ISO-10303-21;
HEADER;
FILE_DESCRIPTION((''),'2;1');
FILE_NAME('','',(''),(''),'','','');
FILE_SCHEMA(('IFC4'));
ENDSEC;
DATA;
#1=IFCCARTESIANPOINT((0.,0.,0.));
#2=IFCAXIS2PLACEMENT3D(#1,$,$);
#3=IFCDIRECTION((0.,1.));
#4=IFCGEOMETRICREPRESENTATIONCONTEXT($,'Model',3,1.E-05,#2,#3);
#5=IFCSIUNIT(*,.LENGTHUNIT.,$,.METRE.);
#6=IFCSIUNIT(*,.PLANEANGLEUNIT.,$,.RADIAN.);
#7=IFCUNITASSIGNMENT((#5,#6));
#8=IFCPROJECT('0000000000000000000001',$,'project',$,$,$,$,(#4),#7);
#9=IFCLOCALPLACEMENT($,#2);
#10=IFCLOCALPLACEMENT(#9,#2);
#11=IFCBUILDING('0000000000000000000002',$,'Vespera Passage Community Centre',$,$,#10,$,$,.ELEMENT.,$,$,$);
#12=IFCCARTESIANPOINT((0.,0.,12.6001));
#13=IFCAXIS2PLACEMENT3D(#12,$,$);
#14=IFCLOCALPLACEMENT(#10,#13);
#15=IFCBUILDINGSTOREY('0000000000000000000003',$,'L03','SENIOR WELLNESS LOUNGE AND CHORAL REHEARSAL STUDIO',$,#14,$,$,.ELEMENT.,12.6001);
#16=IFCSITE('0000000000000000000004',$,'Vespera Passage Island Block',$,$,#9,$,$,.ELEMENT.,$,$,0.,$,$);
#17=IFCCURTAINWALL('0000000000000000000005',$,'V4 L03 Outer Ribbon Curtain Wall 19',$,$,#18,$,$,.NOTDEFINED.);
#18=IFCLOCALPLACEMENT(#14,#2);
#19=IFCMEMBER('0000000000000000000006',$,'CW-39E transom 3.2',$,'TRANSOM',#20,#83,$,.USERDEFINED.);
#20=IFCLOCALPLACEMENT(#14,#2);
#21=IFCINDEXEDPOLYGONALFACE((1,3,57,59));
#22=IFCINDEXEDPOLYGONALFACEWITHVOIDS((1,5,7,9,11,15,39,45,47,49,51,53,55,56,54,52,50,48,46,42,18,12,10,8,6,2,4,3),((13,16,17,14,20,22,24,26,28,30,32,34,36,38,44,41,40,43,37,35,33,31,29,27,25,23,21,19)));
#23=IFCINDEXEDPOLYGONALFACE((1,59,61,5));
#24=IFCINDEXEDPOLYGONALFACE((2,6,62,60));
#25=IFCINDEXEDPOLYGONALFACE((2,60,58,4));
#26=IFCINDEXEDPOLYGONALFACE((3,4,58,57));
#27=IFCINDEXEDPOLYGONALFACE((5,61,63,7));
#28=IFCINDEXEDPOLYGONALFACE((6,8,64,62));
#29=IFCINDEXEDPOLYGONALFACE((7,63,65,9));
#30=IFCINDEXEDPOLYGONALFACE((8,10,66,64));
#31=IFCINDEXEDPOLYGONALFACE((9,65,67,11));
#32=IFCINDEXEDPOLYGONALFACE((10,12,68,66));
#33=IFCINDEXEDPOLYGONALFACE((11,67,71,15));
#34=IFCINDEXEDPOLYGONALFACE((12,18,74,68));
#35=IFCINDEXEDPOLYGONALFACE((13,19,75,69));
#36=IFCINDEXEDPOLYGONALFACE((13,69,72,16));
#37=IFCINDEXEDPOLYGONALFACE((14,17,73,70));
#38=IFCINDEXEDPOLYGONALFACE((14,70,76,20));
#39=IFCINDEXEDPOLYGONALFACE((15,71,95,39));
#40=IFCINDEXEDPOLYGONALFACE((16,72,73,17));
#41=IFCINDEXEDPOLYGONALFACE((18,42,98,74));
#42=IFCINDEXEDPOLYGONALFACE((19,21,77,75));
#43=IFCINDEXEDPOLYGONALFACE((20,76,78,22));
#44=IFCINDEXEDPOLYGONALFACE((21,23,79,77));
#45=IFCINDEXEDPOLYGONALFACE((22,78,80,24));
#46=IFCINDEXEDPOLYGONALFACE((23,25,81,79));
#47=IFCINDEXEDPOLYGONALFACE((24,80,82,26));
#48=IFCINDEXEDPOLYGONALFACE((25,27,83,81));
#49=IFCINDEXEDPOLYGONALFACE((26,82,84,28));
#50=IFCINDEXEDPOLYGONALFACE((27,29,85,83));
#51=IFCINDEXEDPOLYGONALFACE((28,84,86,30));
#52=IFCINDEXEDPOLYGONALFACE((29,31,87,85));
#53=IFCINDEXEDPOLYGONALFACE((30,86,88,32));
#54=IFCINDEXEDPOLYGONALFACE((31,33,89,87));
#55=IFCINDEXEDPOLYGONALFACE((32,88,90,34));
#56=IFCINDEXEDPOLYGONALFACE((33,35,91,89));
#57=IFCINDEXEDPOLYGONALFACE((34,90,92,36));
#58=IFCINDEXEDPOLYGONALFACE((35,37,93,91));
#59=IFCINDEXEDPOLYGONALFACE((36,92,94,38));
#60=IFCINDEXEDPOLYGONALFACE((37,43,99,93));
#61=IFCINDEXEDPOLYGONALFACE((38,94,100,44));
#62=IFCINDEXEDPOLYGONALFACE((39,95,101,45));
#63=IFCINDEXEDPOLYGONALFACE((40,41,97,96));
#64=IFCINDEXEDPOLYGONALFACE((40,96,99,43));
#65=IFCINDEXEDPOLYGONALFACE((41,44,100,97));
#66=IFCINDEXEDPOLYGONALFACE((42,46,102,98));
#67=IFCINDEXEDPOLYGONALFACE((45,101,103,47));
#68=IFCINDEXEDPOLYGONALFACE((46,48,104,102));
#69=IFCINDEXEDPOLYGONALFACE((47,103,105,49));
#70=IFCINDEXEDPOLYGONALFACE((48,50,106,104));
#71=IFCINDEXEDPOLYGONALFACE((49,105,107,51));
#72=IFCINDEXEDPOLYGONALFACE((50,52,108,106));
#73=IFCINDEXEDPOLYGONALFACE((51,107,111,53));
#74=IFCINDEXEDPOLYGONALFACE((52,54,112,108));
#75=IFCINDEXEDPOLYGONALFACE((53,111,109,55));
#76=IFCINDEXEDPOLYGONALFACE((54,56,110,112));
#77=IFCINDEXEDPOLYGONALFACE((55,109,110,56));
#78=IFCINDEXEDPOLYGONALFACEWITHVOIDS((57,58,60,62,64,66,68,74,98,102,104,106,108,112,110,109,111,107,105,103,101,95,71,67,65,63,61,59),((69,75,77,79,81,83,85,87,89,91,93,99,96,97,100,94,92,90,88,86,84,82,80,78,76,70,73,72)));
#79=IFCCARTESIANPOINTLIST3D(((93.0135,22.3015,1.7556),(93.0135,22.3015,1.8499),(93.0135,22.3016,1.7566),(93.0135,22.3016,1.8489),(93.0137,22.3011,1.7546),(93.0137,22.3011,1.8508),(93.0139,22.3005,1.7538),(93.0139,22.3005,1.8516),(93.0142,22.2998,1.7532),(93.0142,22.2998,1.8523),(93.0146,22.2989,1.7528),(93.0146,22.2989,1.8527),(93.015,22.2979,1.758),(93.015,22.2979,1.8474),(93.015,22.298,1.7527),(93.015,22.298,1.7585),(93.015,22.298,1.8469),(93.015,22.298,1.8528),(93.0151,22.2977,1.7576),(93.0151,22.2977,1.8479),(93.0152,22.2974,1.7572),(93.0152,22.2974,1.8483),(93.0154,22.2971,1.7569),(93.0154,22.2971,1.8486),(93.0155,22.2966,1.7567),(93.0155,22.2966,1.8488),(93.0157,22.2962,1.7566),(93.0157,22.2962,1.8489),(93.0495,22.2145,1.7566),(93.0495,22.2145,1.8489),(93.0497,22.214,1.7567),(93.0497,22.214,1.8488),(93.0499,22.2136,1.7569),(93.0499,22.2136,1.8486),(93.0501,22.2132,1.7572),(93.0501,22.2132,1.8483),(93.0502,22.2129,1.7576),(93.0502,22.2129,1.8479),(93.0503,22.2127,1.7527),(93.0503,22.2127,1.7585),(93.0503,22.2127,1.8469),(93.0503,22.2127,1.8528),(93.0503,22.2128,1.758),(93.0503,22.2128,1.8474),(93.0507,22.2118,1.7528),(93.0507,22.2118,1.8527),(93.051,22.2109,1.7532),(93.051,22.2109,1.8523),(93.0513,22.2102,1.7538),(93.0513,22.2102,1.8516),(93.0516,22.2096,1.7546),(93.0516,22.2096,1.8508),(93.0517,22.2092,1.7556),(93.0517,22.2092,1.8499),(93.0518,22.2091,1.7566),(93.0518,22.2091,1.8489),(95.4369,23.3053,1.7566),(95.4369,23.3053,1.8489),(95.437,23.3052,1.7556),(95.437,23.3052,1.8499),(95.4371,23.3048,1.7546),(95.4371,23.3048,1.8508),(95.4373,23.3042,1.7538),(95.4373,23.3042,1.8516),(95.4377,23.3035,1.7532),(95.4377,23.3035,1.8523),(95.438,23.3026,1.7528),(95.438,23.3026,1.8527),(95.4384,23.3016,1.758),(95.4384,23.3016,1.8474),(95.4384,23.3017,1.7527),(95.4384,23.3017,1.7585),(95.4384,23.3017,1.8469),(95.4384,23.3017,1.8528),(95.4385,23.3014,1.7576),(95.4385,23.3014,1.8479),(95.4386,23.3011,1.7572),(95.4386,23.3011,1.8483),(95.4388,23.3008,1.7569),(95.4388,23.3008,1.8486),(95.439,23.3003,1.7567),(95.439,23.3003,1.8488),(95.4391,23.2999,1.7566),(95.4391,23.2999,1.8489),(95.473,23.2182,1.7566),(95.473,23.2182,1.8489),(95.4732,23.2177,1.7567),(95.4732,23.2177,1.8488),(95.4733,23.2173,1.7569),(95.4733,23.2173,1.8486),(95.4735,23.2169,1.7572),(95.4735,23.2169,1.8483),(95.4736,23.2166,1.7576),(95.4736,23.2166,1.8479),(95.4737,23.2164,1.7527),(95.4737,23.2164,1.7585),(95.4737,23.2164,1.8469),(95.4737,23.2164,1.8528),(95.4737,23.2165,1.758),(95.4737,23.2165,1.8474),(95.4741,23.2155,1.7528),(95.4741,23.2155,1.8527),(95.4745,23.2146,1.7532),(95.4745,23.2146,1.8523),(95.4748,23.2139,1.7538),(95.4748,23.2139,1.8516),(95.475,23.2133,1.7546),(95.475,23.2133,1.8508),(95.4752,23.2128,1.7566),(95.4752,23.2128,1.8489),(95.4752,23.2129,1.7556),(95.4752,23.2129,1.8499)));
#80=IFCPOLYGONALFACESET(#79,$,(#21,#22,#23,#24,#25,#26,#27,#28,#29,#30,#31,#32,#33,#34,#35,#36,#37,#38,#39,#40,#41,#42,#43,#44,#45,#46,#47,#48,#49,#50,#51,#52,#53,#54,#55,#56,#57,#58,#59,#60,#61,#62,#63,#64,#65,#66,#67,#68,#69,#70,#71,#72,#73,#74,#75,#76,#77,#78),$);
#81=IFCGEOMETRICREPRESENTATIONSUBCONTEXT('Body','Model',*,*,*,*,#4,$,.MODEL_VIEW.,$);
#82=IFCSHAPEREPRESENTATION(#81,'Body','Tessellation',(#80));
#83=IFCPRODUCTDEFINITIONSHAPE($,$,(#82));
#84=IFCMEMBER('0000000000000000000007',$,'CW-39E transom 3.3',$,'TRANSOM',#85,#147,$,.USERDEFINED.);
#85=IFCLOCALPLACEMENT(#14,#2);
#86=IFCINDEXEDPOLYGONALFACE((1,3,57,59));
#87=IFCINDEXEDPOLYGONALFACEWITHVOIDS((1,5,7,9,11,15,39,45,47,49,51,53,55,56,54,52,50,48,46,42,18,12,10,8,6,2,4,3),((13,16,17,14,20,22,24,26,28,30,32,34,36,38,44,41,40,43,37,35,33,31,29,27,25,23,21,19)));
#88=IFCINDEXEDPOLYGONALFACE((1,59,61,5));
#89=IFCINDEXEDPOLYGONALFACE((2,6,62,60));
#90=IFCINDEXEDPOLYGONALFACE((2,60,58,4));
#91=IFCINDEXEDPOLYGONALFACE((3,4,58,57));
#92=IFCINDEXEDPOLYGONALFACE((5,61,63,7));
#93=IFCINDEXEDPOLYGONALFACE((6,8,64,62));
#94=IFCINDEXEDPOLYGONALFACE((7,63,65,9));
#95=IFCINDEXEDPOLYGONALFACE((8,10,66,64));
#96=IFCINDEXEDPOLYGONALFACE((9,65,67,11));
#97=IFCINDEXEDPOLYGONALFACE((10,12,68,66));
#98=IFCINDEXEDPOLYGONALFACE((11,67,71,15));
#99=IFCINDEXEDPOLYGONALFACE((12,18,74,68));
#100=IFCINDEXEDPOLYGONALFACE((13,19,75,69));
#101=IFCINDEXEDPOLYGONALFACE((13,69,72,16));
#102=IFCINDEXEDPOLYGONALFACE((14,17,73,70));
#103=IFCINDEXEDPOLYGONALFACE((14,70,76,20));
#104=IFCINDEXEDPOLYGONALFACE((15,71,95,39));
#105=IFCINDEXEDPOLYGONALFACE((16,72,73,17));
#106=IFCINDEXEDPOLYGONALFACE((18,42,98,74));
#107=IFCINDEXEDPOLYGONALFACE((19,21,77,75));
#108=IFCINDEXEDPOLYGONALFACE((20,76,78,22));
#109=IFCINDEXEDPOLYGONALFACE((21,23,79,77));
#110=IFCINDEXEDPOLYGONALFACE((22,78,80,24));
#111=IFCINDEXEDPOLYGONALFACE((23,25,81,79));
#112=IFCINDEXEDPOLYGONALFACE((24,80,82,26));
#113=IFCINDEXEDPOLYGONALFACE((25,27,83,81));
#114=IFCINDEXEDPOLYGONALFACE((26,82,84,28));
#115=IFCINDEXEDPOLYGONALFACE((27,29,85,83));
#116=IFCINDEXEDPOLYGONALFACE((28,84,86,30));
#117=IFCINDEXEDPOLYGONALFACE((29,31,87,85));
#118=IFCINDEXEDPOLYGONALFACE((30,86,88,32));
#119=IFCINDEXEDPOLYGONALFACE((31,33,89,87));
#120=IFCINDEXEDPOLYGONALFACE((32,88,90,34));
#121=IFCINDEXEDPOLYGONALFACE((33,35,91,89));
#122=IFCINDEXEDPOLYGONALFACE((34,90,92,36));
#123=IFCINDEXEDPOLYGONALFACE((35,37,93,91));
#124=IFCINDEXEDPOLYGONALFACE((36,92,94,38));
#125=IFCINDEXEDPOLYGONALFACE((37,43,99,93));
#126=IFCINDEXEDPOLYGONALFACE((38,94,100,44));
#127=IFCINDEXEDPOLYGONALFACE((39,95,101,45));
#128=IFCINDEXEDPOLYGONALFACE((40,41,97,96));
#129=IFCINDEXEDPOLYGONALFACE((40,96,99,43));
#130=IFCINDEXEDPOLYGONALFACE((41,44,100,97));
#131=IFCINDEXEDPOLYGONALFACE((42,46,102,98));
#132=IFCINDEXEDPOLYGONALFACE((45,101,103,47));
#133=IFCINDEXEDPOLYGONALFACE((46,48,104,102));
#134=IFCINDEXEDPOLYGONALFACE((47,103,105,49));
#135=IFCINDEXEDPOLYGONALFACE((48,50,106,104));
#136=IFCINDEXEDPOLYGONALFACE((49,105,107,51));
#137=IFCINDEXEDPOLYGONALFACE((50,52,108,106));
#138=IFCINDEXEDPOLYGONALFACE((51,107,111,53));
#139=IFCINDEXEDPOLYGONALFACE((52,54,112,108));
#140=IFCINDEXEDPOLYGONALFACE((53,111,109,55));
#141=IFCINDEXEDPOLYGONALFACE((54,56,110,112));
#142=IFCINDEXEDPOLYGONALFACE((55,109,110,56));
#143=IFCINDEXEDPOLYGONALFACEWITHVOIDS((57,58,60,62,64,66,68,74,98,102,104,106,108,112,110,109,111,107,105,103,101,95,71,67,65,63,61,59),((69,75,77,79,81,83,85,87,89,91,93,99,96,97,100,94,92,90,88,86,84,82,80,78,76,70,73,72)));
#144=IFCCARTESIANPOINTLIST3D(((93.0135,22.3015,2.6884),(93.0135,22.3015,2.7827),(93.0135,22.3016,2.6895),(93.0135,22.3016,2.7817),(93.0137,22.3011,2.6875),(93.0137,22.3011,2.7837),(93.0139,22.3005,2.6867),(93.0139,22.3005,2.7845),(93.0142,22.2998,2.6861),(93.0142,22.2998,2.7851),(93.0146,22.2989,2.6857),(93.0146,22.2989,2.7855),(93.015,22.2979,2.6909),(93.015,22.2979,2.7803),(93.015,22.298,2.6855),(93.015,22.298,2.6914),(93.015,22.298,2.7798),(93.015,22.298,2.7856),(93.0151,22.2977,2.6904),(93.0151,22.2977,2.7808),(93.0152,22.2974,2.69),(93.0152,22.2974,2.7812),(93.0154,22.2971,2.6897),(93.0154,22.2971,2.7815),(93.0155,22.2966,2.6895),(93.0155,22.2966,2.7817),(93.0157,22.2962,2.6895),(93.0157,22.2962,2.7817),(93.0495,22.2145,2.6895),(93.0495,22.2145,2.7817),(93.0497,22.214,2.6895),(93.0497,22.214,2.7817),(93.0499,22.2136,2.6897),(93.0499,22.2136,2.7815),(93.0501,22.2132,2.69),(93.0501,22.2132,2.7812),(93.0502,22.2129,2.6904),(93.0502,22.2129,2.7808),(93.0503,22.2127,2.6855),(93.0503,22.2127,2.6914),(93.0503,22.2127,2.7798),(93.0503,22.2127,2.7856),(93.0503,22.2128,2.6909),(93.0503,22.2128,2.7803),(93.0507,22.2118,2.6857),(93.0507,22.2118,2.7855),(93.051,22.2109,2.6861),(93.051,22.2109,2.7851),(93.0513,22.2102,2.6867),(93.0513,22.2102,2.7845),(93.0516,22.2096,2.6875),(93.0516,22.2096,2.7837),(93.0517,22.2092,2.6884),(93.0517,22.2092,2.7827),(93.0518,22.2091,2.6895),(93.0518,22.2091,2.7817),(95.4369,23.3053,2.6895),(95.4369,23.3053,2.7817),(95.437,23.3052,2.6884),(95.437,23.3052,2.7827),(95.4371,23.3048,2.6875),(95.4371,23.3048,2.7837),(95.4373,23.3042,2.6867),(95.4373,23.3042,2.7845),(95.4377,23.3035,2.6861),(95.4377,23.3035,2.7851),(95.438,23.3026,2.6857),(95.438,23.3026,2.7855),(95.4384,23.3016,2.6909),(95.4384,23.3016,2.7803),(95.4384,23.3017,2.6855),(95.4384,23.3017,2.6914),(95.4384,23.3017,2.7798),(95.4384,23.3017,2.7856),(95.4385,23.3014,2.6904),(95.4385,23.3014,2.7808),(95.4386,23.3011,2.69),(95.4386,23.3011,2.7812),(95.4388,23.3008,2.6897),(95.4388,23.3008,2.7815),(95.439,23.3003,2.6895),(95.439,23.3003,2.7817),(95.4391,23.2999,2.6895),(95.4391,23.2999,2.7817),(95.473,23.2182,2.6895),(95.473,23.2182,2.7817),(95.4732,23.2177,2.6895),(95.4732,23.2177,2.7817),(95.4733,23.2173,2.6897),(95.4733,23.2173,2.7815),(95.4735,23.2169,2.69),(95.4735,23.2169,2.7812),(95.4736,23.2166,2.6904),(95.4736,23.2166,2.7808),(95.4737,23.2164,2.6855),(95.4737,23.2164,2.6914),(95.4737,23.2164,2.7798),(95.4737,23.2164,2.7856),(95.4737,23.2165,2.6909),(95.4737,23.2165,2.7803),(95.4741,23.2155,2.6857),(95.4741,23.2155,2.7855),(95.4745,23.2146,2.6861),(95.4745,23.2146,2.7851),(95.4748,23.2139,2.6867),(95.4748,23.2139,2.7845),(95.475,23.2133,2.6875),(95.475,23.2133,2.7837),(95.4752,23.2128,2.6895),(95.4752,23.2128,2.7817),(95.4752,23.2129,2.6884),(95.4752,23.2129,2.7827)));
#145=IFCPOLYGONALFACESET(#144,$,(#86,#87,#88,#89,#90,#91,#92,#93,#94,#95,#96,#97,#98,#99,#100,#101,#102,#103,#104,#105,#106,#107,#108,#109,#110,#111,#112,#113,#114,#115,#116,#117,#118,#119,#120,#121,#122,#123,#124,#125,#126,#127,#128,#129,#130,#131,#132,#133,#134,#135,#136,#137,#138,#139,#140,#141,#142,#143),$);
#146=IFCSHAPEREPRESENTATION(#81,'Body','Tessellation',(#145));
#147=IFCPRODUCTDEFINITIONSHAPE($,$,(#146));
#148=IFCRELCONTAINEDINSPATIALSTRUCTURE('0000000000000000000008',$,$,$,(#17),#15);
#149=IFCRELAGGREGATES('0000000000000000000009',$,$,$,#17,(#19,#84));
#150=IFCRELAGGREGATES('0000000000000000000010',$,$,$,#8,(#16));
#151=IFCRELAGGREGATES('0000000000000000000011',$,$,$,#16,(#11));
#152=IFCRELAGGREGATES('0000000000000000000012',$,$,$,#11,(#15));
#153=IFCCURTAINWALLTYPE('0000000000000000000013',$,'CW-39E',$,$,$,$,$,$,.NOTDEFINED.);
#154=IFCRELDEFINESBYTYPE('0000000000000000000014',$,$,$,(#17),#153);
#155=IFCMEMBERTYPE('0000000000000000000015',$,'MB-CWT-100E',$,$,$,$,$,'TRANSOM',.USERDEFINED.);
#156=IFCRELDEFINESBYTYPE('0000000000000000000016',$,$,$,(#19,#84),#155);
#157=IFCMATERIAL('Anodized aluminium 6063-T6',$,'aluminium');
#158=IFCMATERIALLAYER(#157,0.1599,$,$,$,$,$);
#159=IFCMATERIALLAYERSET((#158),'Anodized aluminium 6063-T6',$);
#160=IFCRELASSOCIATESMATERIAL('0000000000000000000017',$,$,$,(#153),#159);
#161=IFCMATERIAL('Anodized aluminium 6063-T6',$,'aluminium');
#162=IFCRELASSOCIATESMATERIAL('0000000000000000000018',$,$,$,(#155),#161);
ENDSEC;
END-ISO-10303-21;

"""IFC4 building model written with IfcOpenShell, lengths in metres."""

from ifc_helpers import new_model, si_unit, direction, frame, origin, origin_2d, place, context, subcontext, project, spatial, hollow_rectangle, extrude, material, layer, layer_set, material_profile, profile_set, type_object, element, aggregate, save


model = new_model("IFC4")

# Units and contexts
model_context = context("Model", 3, precision=1e-05, world=origin(), true_north=direction((0.0, 1.0)))
body_context = subcontext(model_context, "Body", "Model", "MODEL_VIEW")
ifc_project = project(units=[si_unit("LENGTHUNIT", "METRE"), si_unit("PLANEANGLEUNIT", "RADIAN")], contexts=[model_context])

# Site, building, storey
site_placement = place(None, origin())
site = spatial("IfcSite", under=ifc_project, at=site_placement, Name="Vespera Passage Island Block", CompositionType="ELEMENT", RefElevation=0.0)
building_placement = place(site_placement, origin())
building = spatial("IfcBuilding", under=site, at=building_placement, Name="Vespera Passage Community Centre", CompositionType="ELEMENT")
storey_placement = place(building_placement, frame((0.0, 0.0, 12.6001)))
storey = spatial("IfcBuildingStorey", under=building, at=storey_placement, Name="L03", Description="SENIOR WELLNESS LOUNGE AND CHORAL REHEARSAL STUDIO", CompositionType="ELEMENT", Elevation=12.6001)

# Curtain wall, members
ifc_material_1 = material(Name="Anodized aluminium 6063-T6", Category="aluminium")
ifc_layer_1 = layer(ifc_material_1, 0.1599)
ifc_layer_set_1 = layer_set([ifc_layer_1], Name="Anodized aluminium 6063-T6")
curtain_wall_type_1 = type_object("IfcCurtainWallType", Name="CW-39E", PredefinedType="NOTDEFINED", material=ifc_layer_set_1)
curtain_wall_1_placement = place(storey_placement, origin())
curtain_wall_1 = element("IfcCurtainWall", 1, at=curtain_wall_1_placement, inside=storey, type_object=curtain_wall_type_1, Name="V4 L03 Outer Ribbon Curtain Wall 19", PredefinedType="NOTDEFINED")
ifc_material_2 = material(Name="Anodized aluminium 6063-T6", Category="aluminium")
ifc_material_profile_1 = material_profile(ifc_material_2, hollow_rectangle(XDim=0.1001, YDim=0.1001, WallThickness=0.0039, InnerFilletRadius=0.002, OuterFilletRadius=0.0039, at=origin_2d()), Name="ALU100X100X4")
ifc_profile_set_1 = profile_set([ifc_material_profile_1], Name="Anodized aluminium 6063-T6")
member_type_1 = type_object("IfcMemberType", Name="MB-CWT-100E", ElementType="TRANSOM", PredefinedType="USERDEFINED", material=ifc_profile_set_1)
member_1_placement = place(storey_placement, frame((95.4561, 23.259, 1.8027), z_axis=(-0.923895, -0.382645, 0.0), x_axis=(0.382645, -0.923895, 0.0)))
member_1 = element("IfcMember", 2, at=member_1_placement, type_object=member_type_1, Name="CW-39E transom 3.2", ObjectType="TRANSOM", PredefinedType="USERDEFINED", context=body_context, shape_type="SweptSolid", body=[
    extrude(hollow_rectangle(XDim=0.1001, YDim=0.1001, WallThickness=0.0039, InnerFilletRadius=0.002, OuterFilletRadius=0.0039, at=origin_2d()), origin(), (0.0, 0.0, 1.0), 2.623),
])
member_2_placement = place(storey_placement, frame((95.4561, 23.259, 2.7356), z_axis=(-0.923895, -0.382645, 0.0), x_axis=(0.382645, -0.923895, 0.0)))
member_2 = element("IfcMember", 3, at=member_2_placement, type_object=member_type_1, Name="CW-39E transom 3.3", ObjectType="TRANSOM", PredefinedType="USERDEFINED", context=body_context, shape_type="SweptSolid", body=[
    extrude(hollow_rectangle(XDim=0.1001, YDim=0.1001, WallThickness=0.0039, InnerFilletRadius=0.002, OuterFilletRadius=0.0039, at=origin_2d()), origin(), (0.0, 0.0, 1.0), 2.623),
])

aggregate(curtain_wall_1, [member_1, member_2])

save(model, "model.ifc")
